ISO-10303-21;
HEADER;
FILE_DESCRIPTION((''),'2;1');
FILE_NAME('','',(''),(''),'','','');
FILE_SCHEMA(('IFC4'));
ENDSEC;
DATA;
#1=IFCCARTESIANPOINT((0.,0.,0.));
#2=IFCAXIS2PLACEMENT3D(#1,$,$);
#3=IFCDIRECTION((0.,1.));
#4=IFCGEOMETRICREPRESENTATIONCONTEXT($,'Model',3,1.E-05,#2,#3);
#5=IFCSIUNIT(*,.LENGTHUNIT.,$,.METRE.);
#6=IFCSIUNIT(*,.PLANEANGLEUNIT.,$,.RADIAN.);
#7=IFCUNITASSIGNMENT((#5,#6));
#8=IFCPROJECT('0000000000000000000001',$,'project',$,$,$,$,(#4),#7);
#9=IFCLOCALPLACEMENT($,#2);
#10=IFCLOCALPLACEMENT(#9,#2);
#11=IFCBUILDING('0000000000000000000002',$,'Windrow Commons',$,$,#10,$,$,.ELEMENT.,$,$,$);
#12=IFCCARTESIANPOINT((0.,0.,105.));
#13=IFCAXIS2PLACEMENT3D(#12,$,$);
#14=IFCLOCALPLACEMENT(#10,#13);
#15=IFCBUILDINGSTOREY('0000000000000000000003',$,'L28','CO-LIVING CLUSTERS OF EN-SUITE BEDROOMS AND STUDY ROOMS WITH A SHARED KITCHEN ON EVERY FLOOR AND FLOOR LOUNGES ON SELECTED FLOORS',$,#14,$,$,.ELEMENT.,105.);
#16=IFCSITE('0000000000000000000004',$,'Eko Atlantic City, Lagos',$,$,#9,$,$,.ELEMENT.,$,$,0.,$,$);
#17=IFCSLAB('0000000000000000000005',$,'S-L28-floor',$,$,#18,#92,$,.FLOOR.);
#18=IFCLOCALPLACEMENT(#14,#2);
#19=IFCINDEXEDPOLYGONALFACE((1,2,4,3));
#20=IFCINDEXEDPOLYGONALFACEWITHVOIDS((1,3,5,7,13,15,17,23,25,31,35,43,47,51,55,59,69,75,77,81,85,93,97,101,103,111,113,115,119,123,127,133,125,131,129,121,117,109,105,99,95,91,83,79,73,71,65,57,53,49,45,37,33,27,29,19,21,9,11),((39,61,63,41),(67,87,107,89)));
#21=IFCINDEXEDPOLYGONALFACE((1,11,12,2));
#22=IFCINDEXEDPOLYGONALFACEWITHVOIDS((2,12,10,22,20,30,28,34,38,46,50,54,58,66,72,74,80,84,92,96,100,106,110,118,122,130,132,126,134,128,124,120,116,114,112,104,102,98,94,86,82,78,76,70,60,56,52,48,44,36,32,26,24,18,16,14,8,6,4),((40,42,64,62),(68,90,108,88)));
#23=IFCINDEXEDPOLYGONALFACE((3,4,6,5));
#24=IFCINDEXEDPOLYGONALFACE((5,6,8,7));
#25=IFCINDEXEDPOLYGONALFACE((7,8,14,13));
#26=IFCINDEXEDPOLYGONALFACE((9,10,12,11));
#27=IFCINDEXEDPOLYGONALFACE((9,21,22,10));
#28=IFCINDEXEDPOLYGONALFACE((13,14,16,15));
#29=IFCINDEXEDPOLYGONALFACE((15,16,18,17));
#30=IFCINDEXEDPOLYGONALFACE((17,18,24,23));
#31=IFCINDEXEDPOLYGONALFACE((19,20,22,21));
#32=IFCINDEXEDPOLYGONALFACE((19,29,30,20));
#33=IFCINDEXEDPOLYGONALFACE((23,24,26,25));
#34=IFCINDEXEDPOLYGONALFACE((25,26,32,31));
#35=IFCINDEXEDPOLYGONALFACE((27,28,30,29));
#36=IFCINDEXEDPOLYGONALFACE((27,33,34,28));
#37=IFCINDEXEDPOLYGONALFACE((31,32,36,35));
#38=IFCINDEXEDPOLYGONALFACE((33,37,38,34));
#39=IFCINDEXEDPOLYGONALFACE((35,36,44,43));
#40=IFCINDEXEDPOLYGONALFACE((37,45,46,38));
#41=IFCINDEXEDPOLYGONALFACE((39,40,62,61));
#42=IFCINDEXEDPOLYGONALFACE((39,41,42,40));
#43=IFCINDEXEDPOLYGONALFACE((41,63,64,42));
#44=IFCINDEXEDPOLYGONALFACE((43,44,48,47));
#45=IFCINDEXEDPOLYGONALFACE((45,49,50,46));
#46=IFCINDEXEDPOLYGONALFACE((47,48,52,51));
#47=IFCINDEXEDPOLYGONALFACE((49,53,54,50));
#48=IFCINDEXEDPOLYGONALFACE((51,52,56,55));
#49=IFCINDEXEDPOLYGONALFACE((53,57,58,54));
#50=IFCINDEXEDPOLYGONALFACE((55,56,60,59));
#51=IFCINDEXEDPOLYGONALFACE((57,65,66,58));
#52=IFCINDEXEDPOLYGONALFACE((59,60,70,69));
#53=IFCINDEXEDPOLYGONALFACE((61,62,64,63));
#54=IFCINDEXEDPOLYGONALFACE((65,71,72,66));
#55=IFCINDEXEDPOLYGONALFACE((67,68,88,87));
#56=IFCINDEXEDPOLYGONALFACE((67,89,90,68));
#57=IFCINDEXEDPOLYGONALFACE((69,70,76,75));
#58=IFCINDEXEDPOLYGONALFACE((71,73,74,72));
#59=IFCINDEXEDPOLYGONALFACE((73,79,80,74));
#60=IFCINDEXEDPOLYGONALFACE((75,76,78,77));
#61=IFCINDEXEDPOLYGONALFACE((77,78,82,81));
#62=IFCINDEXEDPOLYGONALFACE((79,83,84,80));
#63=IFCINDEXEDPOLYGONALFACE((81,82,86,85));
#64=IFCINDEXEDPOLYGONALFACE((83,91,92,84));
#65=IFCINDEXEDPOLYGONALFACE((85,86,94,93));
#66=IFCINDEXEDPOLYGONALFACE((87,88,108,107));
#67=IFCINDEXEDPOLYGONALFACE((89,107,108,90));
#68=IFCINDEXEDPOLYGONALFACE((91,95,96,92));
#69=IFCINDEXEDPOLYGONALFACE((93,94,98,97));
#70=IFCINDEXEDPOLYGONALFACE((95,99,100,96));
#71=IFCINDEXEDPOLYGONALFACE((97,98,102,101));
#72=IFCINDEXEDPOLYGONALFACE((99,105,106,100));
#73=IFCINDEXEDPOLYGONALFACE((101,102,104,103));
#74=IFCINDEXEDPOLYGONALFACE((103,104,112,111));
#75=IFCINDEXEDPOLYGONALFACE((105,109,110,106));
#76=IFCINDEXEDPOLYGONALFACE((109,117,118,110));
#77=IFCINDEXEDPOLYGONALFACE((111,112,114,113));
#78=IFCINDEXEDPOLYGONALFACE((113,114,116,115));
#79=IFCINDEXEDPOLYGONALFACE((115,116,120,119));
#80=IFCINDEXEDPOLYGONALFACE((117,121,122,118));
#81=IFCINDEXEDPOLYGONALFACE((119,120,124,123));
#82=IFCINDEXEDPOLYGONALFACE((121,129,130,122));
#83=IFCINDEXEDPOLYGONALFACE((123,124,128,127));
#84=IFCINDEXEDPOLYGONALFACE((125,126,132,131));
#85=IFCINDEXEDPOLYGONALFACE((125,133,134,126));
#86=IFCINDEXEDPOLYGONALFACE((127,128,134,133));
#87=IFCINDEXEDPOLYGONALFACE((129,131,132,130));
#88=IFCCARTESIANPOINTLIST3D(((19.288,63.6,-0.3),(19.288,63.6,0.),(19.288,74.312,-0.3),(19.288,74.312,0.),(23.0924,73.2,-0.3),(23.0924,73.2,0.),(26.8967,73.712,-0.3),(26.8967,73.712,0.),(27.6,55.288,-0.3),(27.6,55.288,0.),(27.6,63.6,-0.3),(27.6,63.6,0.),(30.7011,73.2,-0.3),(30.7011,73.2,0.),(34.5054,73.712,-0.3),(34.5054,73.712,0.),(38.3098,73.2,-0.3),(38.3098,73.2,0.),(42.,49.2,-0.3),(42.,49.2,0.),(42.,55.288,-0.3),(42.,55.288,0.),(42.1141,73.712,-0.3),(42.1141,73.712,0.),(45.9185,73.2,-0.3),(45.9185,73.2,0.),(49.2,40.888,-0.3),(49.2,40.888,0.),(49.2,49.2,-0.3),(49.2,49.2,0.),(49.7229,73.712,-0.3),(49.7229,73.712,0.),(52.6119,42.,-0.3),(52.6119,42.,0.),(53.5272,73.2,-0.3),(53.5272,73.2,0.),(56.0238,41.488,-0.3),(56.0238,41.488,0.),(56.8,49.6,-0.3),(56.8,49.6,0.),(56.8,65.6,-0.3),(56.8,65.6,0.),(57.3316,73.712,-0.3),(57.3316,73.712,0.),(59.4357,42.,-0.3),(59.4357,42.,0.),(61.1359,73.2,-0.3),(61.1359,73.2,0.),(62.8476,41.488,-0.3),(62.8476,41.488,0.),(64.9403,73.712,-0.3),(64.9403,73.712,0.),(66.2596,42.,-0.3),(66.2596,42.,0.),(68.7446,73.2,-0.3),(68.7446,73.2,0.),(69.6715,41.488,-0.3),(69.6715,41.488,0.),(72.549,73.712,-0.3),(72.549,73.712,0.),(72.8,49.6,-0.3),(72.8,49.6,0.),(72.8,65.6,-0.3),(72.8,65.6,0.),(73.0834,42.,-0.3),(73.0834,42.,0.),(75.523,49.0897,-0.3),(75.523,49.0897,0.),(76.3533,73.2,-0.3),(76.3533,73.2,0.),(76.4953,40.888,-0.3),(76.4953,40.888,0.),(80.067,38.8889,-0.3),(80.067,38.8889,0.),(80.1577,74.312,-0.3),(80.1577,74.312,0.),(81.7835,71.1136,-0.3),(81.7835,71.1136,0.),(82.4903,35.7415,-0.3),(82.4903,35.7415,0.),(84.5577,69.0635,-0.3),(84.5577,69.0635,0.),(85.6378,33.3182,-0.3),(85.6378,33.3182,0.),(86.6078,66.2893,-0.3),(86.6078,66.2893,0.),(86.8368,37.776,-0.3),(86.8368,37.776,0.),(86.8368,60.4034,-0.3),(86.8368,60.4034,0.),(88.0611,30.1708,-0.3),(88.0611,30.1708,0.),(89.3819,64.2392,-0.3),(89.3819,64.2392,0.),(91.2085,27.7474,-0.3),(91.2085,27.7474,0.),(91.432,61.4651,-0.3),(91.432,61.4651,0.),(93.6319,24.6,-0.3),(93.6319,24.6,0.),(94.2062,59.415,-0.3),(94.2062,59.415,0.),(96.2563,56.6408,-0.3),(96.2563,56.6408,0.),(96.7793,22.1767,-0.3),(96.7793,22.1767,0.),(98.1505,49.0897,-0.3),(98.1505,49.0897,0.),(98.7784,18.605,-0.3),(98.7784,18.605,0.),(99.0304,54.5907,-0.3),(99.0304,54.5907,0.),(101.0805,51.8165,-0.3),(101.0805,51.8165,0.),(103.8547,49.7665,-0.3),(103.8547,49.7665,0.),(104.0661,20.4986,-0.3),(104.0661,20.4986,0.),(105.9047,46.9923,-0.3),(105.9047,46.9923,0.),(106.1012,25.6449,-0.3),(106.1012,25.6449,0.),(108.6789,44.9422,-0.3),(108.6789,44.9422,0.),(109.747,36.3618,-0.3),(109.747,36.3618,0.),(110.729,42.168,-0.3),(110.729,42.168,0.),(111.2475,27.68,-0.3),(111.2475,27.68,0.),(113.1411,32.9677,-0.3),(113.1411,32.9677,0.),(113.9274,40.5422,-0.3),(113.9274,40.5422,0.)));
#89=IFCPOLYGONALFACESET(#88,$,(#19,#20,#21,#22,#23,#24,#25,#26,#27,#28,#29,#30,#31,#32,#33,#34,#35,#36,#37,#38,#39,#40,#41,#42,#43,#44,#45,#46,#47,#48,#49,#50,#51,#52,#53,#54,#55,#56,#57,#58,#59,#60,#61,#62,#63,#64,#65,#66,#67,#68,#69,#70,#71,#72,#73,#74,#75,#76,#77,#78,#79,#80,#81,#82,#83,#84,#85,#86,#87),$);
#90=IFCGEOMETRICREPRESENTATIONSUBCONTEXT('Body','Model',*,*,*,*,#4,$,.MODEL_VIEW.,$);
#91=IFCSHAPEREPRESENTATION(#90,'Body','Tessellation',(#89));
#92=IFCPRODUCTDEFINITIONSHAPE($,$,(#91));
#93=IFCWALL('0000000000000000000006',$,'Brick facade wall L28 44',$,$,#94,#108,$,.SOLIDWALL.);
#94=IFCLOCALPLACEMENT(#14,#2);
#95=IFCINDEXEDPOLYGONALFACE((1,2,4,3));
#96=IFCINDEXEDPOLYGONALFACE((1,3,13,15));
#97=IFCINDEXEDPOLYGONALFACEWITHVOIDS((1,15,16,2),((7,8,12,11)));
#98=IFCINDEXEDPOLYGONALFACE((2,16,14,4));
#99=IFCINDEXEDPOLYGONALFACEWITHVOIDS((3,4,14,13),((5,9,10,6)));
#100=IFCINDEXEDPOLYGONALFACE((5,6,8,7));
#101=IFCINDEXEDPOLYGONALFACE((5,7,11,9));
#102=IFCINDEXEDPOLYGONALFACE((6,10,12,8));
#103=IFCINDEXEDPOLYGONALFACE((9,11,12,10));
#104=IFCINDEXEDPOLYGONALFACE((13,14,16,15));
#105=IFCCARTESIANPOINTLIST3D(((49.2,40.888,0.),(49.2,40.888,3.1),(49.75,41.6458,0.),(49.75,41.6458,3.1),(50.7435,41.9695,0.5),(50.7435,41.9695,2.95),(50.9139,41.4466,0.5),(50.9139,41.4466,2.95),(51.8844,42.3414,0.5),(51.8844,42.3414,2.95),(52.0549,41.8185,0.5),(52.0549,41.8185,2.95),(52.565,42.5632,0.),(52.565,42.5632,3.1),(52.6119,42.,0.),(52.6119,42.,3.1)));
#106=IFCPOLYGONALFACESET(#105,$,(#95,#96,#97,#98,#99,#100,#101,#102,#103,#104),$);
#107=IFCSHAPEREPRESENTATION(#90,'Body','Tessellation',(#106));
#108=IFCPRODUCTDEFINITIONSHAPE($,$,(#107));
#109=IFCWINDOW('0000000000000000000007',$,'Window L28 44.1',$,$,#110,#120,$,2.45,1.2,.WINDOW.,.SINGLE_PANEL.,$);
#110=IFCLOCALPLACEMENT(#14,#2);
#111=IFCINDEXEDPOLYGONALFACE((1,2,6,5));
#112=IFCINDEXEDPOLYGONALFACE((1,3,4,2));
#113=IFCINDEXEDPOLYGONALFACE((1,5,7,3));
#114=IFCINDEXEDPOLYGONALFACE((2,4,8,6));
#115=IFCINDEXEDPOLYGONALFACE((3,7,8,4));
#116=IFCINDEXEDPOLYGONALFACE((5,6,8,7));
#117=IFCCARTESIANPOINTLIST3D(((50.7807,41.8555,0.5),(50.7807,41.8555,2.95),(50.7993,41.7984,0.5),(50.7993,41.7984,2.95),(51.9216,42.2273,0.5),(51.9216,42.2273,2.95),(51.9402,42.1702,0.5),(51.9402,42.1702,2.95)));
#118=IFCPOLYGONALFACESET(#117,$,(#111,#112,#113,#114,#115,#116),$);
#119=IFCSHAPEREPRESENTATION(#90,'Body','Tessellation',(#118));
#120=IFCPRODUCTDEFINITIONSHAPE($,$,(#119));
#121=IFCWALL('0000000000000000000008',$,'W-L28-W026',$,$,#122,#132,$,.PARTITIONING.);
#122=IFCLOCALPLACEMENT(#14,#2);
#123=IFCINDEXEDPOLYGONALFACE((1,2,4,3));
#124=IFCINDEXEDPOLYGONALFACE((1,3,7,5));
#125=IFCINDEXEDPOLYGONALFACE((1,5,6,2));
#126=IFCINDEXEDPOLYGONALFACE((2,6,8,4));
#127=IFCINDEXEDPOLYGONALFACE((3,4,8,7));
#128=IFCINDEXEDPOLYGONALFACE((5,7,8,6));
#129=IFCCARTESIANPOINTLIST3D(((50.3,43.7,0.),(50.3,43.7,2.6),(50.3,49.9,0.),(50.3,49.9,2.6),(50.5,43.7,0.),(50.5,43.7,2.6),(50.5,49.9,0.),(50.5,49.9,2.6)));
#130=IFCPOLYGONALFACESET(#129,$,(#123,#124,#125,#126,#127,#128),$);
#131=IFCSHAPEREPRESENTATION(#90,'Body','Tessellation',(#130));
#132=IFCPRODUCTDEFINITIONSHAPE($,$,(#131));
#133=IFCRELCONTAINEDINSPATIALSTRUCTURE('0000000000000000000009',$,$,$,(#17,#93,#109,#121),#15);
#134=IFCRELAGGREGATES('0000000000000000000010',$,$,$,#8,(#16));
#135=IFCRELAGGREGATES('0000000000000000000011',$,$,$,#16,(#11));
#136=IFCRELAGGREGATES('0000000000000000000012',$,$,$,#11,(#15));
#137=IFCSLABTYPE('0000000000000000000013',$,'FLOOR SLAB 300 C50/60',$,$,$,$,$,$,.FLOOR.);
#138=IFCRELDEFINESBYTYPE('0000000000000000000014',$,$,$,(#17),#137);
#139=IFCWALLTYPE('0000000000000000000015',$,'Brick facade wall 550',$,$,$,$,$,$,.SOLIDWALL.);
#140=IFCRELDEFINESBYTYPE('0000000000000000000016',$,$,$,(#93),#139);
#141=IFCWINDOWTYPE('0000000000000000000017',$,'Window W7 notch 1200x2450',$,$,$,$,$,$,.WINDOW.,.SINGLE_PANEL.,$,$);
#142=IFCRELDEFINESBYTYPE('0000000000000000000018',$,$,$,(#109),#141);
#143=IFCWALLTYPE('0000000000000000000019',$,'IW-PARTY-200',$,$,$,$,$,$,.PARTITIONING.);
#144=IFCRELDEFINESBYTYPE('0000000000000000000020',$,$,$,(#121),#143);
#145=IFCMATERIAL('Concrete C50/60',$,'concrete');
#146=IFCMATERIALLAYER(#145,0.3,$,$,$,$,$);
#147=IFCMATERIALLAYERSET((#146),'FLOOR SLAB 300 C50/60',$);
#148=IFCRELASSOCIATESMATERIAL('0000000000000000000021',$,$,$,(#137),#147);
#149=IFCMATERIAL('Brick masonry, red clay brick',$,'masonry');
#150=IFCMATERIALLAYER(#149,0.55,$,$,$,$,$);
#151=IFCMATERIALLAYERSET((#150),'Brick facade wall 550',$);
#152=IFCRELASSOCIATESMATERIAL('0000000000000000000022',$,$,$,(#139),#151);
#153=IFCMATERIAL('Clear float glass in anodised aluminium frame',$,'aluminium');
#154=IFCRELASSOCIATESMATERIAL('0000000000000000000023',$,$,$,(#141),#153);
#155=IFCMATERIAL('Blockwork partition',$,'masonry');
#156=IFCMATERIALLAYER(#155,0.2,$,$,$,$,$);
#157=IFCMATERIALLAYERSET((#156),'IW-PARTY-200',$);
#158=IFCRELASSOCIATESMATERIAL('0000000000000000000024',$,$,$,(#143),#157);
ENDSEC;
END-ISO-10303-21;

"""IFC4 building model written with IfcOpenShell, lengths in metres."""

from ifc_helpers import new_model, si_unit, direction, frame, frame_2d, origin, place, context, subcontext, project, spatial, polyline, rectangle, outline, extrude, material, layer, layer_set, type_object, element, fill, save


model = new_model("IFC4")

# Units and contexts
model_context = context("Model", 3, precision=1e-05, world=origin(), true_north=direction((0.0, 1.0)))
body_context = subcontext(model_context, "Body", "Model", "MODEL_VIEW")
ifc_project = project(units=[si_unit("LENGTHUNIT", "METRE"), si_unit("PLANEANGLEUNIT", "RADIAN")], contexts=[model_context])

# Site, building, storey
site_placement = place(None, origin())
site = spatial("IfcSite", under=ifc_project, at=site_placement, Name="Eko Atlantic City, Lagos", CompositionType="ELEMENT", RefElevation=0.0)
building_placement = place(site_placement, origin())
building = spatial("IfcBuilding", under=site, at=building_placement, Name="Windrow Commons", CompositionType="ELEMENT")
storey_placement = place(building_placement, frame((0.0, 0.0, 105.0)))
storey = spatial("IfcBuildingStorey", under=building, at=storey_placement, Name="L28", Description="CO-LIVING CLUSTERS OF EN-SUITE BEDROOMS AND STUDY ROOMS WITH A SHARED KITCHEN ON EVERY FLOOR AND FLOOR LOUNGES ON SELECTED FLOORS", CompositionType="ELEMENT", Elevation=105.0)

# Shared definitions
placement_1 = place(storey_placement, frame((0.0, 0.0, -0.3)))

# Slab, openings
ifc_material_1 = material(Name="Concrete C50/60", Category="concrete")
ifc_layer_1 = layer(ifc_material_1, 0.3)
ifc_layer_set_1 = layer_set([ifc_layer_1], Name="FLOOR SLAB 300 C50/60")
slab_type_1 = type_object("IfcSlabType", Name="FLOOR SLAB 300 C50/60", PredefinedType="FLOOR", material=ifc_layer_set_1)
slab_1 = element("IfcSlab", 1, at=placement_1, inside=storey, type_object=slab_type_1, Name="S-L28-floor", PredefinedType="FLOOR", context=body_context, shape_type="SweptSolid", body=[
    extrude(outline(polyline([(96.7793, 22.1767), (98.7784, 18.605), (104.0661, 20.4986), (106.1012, 25.6449), (111.2475, 27.68), (113.1411, 32.9677), (109.747, 36.3618), (113.9274, 40.5422), (110.729, 42.168), (108.6789, 44.9422), (105.9047, 46.9923), (103.8547, 49.7665), (101.0805, 51.8165), (99.0304, 54.5907), (96.2563, 56.6408), (94.2062, 59.415), (91.432, 61.4651), (89.3819, 64.2392), (86.6078, 66.2893), (84.5577, 69.0635), (81.7835, 71.1136), (80.1577, 74.312), (76.3533, 73.2), (72.549, 73.712), (68.7446, 73.2), (64.9403, 73.712), (61.1359, 73.2), (57.3316, 73.712), (53.5272, 73.2), (49.7229, 73.712), (45.9185, 73.2), (42.1141, 73.712), (38.3098, 73.2), (34.5054, 73.712), (30.7011, 73.2), (26.8967, 73.712), (23.0924, 73.2), (19.288, 74.312), (19.288, 63.6), (27.6, 63.6), (27.6, 55.288), (42.0, 55.288), (42.0, 49.2), (49.2, 49.2), (49.2, 40.888), (52.6119, 42.0), (56.0238, 41.488), (59.4357, 42.0), (62.8476, 41.488), (66.2596, 42.0), (69.6715, 41.488), (73.0834, 42.0), (76.4953, 40.888), (80.067, 38.8889), (82.4903, 35.7415), (85.6378, 33.3182), (88.0611, 30.1708), (91.2085, 27.7474), (93.6319, 24.6), (96.7793, 22.1767)]), holes=[polyline([(75.523, 49.0897), (86.8368, 60.4034), (98.1505, 49.0897), (86.8368, 37.776), (75.523, 49.0897)]), polyline([(56.8, 49.6), (56.8, 65.6), (72.8, 65.6), (72.8, 49.6), (56.8, 49.6)])]), origin(), (0.0, 0.0, 1.0), 0.3),
])
opening_1_placement = place(placement_1, origin())
element("IfcOpeningElement", 2, at=opening_1_placement, cuts=slab_1, PredefinedType="OPENING", context=body_context, shape_type="SweptSolid", body=[
    extrude(outline(polyline([(75.5301, 49.0897), (86.8368, 60.3963), (98.1434, 49.0897), (86.8368, 37.7831), (75.5301, 49.0897)])), origin(), (0.0, 0.0, 1.0), 0.3),
])
opening_2_placement = place(placement_1, origin())
element("IfcOpeningElement", 3, at=opening_2_placement, cuts=slab_1, PredefinedType="OPENING", context=body_context, shape_type="SweptSolid", body=[
    extrude(outline(polyline([(56.805, 49.605), (56.805, 65.595), (72.795, 65.595), (72.795, 49.605), (56.805, 49.605)])), origin(), (0.0, 0.0, 1.0), 0.3),
])

# Wall, opening, window
ifc_material_2 = material(Name="Brick masonry, red clay brick", Category="masonry")
ifc_layer_2 = layer(ifc_material_2, 0.55)
ifc_layer_set_2 = layer_set([ifc_layer_2], Name="Brick facade wall 550")
wall_type_1 = type_object("IfcWallType", Name="Brick facade wall 550", PredefinedType="SOLIDWALL", material=ifc_layer_set_2)
wall_1_placement = place(storey_placement, frame((49.475, 41.2669, 0.0), z_axis=(0.0, 0.0, 1.0), x_axis=(0.950781, 0.309863, 0.0)))
wall_1 = element("IfcWall", 4, at=wall_1_placement, inside=storey, type_object=wall_type_1, Name="Brick facade wall L28 44", PredefinedType="SOLIDWALL", context=body_context, shape_type="SweptSolid", body=[
    extrude(outline(polyline([(-0.3789, -0.275), (3.2097, -0.275), (3.3396, 0.275), (0.3789, 0.275), (-0.3789, -0.275)])), origin(), (0.0, 0.0, 1.0), 3.1),
])
opening_3_placement = place(wall_1_placement, frame((1.4238, 0.0, 0.5)))
opening_3 = element("IfcOpeningElement", 5, at=opening_3_placement, cuts=wall_1, PredefinedType="OPENING", context=body_context, shape_type="SweptSolid", body=[
    extrude(rectangle(XDim=1.2, YDim=2.45, at=frame_2d((0.6, 1.225))), frame((0.0, 0.285, 0.0), z_axis=(0.0, -1.0, 0.0), x_axis=(1.0, 0.0, 0.0)), (0.0, 0.0, 1.0), 0.57),
])
ifc_material_3 = material(Name="Clear float glass in anodised aluminium frame", Category="aluminium")
window_type = type_object("IfcWindowType", Name="Window W7 notch 1200x2450", PartitioningType="SINGLE_PANEL", PredefinedType="WINDOW", material=ifc_material_3)
window_placement = place(opening_3_placement, origin())
window = element("IfcWindow", 6, at=window_placement, inside=storey, type_object=window_type, Name="Window L28 44.1", OverallHeight=2.45, OverallWidth=1.2, PartitioningType="SINGLE_PANEL", PredefinedType="WINDOW", context=body_context, shape_type="SweptSolid", body=[
    extrude(rectangle(XDim=1.2, YDim=2.45, at=frame_2d((0.6, 1.225))), frame((0.0, 0.155, 0.0), z_axis=(0.0, -1.0, 0.0), x_axis=(1.0, 0.0, 0.0)), (0.0, 0.0, 1.0), 0.06),
])
fill(opening_3, window)

# Wall
ifc_material_4 = material(Name="Blockwork partition", Category="masonry")
ifc_layer_3 = layer(ifc_material_4, 0.2)
ifc_layer_set_3 = layer_set([ifc_layer_3], Name="IW-PARTY-200")
wall_type_2 = type_object("IfcWallType", Name="IW-PARTY-200", PredefinedType="PARTITIONING", material=ifc_layer_set_3)
wall_2_placement = place(storey_placement, frame((50.4, 43.7, 0.0), z_axis=(0.0, 0.0, 1.0), x_axis=(0.0, 1.0, 0.0)))
element("IfcWall", 7, at=wall_2_placement, inside=storey, type_object=wall_type_2, Name="W-L28-W026", PredefinedType="PARTITIONING", context=body_context, shape_type="SweptSolid", body=[
    extrude(rectangle(XDim=6.2, YDim=0.2, at=frame_2d((3.1, 0.0))), origin(), (0.0, 0.0, 1.0), 2.6),
])

save(model, "model.ifc")
